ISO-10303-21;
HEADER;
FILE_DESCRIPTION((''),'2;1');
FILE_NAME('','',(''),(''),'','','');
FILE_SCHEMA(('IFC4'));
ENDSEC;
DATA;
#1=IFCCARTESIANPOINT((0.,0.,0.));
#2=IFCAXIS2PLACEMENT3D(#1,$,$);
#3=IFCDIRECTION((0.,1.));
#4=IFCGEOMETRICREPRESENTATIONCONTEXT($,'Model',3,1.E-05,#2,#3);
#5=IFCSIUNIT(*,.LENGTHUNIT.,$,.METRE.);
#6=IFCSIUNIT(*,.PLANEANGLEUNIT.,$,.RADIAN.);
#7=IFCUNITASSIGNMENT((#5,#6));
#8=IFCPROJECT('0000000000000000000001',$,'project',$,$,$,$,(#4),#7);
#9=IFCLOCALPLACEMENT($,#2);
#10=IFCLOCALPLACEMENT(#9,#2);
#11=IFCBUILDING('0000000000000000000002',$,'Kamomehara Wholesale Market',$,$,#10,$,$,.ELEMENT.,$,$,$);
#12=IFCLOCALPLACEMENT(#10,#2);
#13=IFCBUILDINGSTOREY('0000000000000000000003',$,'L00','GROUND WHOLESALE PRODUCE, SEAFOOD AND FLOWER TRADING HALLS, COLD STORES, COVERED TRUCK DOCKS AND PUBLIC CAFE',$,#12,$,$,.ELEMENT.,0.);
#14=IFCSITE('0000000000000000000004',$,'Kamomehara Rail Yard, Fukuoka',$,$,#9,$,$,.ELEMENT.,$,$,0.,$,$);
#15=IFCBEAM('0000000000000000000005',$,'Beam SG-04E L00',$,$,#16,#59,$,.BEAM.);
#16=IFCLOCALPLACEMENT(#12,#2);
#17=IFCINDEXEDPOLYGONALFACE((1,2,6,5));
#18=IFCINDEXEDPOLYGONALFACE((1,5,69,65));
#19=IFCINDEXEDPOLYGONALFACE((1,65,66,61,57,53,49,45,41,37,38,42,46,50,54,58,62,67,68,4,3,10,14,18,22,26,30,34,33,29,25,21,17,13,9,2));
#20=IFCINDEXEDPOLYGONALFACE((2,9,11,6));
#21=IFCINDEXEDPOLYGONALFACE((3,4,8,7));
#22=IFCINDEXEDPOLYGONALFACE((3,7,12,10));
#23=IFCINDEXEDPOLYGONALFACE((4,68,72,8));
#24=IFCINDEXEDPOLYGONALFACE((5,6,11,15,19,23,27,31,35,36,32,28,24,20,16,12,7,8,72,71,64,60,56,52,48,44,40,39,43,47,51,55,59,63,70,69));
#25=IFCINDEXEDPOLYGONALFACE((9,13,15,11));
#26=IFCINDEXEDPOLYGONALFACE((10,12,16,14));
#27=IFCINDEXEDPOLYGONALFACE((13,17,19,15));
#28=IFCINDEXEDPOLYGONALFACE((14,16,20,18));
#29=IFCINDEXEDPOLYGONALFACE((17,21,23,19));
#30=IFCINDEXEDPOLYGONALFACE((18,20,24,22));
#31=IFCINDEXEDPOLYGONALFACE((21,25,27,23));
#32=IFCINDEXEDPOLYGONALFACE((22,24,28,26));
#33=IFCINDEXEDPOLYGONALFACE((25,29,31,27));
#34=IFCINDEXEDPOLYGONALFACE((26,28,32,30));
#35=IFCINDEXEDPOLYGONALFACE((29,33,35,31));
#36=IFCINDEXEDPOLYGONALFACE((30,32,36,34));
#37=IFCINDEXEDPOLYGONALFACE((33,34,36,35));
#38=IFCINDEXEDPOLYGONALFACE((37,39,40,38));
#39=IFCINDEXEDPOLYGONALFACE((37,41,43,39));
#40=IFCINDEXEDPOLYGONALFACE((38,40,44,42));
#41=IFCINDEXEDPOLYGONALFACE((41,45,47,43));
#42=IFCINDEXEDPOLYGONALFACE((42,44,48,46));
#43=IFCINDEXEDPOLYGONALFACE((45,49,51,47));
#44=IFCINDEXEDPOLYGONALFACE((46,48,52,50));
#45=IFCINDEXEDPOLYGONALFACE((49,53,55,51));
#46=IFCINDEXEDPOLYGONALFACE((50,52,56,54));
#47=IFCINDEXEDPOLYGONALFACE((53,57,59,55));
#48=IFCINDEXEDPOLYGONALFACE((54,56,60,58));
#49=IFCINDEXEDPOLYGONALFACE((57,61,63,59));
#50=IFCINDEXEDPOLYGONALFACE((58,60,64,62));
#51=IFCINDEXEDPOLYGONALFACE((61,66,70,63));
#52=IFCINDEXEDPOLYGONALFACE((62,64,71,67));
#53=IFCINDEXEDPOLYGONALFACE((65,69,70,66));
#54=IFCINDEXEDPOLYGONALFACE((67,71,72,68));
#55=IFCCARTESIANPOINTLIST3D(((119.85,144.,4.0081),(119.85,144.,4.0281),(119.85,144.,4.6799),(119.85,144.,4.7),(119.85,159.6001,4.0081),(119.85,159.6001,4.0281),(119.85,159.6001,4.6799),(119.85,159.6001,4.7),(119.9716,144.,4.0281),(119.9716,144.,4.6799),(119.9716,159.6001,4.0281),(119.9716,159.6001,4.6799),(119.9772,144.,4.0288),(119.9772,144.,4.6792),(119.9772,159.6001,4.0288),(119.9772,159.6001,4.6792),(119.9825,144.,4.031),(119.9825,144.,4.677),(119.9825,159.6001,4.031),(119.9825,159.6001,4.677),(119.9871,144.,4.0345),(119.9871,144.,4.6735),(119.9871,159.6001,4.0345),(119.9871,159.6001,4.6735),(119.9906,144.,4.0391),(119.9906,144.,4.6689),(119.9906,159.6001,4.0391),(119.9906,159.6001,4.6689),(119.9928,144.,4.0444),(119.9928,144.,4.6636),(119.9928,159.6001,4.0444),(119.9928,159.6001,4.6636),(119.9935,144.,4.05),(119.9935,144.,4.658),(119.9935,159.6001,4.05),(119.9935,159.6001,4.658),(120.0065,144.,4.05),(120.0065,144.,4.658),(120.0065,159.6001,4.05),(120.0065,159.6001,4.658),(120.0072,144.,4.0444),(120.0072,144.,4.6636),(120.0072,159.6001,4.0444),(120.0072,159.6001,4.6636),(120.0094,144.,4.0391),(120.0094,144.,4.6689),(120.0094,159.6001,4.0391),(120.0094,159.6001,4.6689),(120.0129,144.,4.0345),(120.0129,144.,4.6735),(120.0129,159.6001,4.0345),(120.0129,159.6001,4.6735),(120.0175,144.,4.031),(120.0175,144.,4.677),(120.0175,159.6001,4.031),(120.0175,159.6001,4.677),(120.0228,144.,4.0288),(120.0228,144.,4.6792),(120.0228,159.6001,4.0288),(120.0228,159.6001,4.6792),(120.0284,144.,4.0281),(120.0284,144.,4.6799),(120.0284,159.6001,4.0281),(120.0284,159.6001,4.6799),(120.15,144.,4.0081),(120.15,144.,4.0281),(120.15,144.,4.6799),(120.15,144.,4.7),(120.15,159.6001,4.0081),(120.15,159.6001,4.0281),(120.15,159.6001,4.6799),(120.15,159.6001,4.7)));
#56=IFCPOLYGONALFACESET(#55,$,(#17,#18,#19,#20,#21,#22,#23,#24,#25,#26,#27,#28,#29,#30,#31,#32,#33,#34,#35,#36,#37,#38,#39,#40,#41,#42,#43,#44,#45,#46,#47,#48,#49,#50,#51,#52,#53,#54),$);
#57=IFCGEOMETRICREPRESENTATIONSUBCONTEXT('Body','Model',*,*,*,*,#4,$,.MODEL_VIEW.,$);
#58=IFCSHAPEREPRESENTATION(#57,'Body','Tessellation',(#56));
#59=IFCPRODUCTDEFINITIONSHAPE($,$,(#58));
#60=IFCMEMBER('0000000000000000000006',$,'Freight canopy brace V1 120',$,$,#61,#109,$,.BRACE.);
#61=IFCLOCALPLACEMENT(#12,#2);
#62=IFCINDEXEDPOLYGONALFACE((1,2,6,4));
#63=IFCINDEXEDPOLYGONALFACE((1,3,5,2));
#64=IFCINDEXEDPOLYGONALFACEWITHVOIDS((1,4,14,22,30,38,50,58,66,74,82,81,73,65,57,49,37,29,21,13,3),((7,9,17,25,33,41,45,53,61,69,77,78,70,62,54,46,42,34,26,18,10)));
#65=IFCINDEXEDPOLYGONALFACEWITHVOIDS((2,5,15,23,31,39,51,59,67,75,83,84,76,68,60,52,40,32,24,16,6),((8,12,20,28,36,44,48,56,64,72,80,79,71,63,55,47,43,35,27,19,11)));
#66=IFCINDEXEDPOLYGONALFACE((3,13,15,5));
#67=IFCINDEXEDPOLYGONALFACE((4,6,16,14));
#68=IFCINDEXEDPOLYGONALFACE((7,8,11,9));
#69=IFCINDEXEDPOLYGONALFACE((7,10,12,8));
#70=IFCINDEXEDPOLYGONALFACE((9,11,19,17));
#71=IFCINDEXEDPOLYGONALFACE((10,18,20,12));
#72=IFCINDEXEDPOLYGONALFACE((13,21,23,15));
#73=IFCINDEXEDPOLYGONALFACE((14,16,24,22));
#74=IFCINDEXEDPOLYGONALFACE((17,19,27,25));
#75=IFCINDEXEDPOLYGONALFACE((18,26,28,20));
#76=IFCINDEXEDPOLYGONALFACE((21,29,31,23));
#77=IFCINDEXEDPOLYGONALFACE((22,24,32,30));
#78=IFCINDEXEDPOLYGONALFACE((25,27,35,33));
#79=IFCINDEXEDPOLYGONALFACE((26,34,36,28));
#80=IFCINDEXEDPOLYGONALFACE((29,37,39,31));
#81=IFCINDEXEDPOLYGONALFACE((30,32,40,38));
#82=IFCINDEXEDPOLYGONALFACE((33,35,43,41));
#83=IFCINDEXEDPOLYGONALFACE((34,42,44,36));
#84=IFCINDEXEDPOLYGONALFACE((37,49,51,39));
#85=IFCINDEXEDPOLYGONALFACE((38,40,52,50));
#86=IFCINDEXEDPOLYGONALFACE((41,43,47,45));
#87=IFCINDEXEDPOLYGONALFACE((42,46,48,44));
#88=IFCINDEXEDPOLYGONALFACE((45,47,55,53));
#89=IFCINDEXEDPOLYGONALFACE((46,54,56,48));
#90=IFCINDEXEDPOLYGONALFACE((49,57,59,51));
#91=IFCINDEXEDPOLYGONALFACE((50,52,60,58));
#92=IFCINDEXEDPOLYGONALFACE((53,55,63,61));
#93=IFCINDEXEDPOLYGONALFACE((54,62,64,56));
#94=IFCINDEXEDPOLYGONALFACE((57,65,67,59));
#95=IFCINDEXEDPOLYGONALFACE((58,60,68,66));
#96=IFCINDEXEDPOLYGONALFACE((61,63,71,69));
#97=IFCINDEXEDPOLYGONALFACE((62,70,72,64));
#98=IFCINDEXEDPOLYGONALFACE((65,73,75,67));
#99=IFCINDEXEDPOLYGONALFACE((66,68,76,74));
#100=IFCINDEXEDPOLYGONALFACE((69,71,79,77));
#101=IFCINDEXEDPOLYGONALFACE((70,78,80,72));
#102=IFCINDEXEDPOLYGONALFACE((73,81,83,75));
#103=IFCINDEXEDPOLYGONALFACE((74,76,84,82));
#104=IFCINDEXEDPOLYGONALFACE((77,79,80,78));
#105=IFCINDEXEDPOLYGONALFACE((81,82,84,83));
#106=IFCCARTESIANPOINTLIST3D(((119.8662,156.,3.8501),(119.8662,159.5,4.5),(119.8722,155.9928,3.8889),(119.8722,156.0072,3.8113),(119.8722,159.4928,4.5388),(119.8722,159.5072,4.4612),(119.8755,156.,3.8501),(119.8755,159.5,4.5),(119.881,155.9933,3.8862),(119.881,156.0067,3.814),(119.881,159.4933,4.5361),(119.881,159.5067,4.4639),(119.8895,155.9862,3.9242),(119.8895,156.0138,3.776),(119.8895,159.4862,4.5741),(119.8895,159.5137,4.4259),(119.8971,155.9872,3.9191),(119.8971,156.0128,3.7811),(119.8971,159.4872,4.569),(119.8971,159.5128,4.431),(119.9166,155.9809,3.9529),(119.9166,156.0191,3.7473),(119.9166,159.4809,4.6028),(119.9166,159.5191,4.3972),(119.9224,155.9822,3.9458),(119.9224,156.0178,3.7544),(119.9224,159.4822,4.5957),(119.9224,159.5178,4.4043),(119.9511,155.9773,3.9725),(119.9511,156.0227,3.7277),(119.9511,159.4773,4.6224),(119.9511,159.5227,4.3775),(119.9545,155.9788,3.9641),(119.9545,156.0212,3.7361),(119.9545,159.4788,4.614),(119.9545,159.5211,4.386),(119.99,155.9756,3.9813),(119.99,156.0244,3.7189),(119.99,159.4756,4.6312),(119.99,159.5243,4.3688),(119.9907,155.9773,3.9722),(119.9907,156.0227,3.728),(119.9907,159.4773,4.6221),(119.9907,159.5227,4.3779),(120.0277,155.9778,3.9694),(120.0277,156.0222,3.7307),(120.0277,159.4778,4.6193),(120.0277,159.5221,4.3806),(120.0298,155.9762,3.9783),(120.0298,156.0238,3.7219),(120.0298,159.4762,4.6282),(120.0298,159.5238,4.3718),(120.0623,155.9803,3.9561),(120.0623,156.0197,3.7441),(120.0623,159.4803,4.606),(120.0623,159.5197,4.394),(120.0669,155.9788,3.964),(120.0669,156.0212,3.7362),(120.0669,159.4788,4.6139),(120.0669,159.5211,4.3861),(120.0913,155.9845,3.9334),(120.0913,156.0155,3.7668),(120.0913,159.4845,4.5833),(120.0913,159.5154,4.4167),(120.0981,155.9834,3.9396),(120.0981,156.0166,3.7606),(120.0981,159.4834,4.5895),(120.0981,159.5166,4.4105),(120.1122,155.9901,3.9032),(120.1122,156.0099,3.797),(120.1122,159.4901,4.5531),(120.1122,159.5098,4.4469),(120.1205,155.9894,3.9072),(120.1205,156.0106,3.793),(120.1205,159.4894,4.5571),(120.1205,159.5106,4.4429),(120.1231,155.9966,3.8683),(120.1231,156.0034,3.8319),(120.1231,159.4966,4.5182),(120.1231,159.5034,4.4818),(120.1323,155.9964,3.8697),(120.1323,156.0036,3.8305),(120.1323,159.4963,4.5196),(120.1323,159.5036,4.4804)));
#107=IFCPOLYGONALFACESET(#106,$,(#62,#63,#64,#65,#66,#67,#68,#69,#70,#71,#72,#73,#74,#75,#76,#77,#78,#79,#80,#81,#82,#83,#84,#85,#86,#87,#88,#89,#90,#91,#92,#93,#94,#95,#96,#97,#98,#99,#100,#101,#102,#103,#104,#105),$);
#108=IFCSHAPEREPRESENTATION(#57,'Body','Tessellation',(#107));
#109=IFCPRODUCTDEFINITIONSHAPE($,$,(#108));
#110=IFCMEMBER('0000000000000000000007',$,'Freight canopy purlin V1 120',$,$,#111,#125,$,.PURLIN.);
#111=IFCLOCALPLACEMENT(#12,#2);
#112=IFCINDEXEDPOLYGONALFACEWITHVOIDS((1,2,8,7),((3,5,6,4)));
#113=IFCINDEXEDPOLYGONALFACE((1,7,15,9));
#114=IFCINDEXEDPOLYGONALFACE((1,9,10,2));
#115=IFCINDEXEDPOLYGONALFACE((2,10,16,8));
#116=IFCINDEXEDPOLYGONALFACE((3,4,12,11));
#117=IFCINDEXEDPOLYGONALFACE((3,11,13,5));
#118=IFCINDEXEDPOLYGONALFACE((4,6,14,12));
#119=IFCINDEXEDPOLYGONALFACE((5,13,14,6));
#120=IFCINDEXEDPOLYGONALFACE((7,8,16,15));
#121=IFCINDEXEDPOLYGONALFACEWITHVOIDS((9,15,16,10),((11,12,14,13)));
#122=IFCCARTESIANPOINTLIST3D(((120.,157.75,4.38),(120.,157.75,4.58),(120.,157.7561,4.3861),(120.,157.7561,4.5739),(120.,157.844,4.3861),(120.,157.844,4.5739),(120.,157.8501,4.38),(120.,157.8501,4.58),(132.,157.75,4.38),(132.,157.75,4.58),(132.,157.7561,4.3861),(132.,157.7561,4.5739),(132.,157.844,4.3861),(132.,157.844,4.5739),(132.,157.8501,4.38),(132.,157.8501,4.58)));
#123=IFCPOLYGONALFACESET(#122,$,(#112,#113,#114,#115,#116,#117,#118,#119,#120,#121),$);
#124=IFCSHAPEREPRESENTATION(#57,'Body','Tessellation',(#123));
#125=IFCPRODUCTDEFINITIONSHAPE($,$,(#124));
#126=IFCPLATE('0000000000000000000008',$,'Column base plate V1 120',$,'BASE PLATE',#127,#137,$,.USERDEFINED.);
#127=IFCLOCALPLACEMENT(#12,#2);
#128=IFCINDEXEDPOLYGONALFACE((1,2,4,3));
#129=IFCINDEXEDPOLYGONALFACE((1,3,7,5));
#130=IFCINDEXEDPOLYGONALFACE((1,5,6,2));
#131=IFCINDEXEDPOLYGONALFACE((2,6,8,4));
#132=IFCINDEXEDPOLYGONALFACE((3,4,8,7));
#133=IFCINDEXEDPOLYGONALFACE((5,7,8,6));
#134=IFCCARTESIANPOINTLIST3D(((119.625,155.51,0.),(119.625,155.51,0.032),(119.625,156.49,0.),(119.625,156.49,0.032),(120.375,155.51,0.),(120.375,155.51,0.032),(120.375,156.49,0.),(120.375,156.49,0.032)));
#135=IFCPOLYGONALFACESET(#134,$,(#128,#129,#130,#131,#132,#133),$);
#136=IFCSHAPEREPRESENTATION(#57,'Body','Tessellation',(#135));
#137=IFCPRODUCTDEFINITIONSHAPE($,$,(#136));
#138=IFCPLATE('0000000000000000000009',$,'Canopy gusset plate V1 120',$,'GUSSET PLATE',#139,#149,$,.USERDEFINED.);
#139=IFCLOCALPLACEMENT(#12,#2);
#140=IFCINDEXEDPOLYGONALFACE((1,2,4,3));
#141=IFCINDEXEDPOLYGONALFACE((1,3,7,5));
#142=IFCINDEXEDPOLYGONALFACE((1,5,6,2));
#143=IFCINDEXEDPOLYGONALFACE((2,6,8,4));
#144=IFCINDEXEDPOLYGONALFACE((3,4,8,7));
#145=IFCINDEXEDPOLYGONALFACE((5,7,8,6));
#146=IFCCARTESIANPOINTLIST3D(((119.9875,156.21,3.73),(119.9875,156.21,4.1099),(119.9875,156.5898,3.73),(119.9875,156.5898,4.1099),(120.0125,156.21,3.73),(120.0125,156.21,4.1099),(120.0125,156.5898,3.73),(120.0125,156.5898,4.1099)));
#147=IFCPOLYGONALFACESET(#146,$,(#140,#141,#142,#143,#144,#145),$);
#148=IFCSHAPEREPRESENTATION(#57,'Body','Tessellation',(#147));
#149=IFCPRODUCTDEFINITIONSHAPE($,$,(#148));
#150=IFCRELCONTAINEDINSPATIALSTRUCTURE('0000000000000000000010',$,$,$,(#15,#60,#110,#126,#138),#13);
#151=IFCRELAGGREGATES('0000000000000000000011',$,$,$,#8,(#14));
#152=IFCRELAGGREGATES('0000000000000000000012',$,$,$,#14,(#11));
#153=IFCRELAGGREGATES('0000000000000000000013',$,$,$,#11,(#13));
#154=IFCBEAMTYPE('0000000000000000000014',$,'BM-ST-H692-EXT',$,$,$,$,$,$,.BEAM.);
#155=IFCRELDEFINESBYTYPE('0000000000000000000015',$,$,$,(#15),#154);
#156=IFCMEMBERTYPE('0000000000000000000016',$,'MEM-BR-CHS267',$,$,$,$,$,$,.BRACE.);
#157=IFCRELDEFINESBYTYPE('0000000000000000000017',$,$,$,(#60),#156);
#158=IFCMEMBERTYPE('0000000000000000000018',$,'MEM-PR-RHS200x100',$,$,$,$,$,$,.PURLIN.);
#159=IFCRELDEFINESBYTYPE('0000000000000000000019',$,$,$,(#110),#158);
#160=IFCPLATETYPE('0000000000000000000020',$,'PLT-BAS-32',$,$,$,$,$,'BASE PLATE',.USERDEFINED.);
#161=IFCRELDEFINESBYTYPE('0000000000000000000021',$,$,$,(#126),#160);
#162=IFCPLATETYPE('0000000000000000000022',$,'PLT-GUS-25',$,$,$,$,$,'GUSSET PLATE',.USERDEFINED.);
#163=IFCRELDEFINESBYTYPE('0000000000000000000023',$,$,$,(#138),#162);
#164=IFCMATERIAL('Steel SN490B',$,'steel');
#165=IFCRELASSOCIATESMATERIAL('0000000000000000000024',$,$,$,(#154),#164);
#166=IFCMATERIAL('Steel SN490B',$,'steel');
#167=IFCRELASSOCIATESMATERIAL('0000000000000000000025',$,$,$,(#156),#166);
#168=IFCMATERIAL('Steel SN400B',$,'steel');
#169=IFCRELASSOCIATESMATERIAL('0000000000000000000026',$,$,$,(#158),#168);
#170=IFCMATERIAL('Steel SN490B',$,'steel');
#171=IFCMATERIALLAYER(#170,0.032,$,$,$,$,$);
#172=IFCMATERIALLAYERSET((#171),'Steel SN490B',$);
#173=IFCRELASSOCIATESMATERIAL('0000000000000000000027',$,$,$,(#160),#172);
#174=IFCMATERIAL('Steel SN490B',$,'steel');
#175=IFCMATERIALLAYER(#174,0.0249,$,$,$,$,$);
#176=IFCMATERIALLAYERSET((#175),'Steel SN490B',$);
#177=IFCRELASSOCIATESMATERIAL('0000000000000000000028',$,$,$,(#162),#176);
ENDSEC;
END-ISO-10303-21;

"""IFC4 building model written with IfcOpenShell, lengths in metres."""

from ifc_helpers import new_model, si_unit, direction, frame, origin, origin_2d, place, context, subcontext, project, spatial, rectangle, hollow_rectangle, hollow_circle, i_section, extrude, material, layer, layer_set, material_profile, profile_set, type_object, element, save


model = new_model("IFC4")

# Units and contexts
model_context = context("Model", 3, precision=1e-05, world=origin(), true_north=direction((0.0, 1.0)))
body_context = subcontext(model_context, "Body", "Model", "MODEL_VIEW")
ifc_project = project(units=[si_unit("LENGTHUNIT", "METRE"), si_unit("PLANEANGLEUNIT", "RADIAN")], contexts=[model_context])

# Site, building, storey
site_placement = place(None, origin())
site = spatial("IfcSite", under=ifc_project, at=site_placement, Name="Kamomehara Rail Yard, Fukuoka", CompositionType="ELEMENT", RefElevation=0.0)
building_placement = place(site_placement, origin())
building = spatial("IfcBuilding", under=site, at=building_placement, Name="Kamomehara Wholesale Market", CompositionType="ELEMENT")
storey_placement = place(building_placement, origin())
storey = spatial("IfcBuildingStorey", under=building, at=storey_placement, Name="L00", Description="GROUND WHOLESALE PRODUCE, SEAFOOD AND FLOWER TRADING HALLS, COLD STORES, COVERED TRUCK DOCKS AND PUBLIC CAFE", CompositionType="ELEMENT", Elevation=0.0)

# Beam
ifc_material_1 = material(Name="Steel SN490B", Category="steel")
ifc_material_profile_1 = material_profile(ifc_material_1, i_section(OverallWidth=0.3, OverallDepth=0.6919, WebThickness=0.0129, FlangeThickness=0.02, FilletRadius=0.022, at=origin_2d()), Name="H-692x300x13x20")
ifc_profile_set_1 = profile_set([ifc_material_profile_1], Name="Steel SN490B")
beam_type_1 = type_object("IfcBeamType", Name="BM-ST-H692-EXT", PredefinedType="BEAM", material=ifc_profile_set_1)
beam_1_placement = place(storey_placement, frame((120.0, 144.0, 4.354), z_axis=(0.0, 1.0, 0.0), x_axis=(-1.0, 0.0, 0.0)))
element("IfcBeam", 1, at=beam_1_placement, inside=storey, type_object=beam_type_1, Name="Beam SG-04E L00", PredefinedType="BEAM", context=body_context, shape_type="SweptSolid", body=[
    extrude(i_section(OverallWidth=0.3, OverallDepth=0.6919, WebThickness=0.0129, FlangeThickness=0.02, FilletRadius=0.022, at=origin_2d()), origin(), (0.0, 0.0, 1.0), 15.6001),
])

# Members
ifc_material_2 = material(Name="Steel SN490B", Category="steel")
ifc_material_profile_2 = material_profile(ifc_material_2, hollow_circle(Radius=0.1338, WallThickness=0.0093, at=origin_2d()), Name="CHS-267.4x9.3")
ifc_profile_set_2 = profile_set([ifc_material_profile_2], Name="Steel SN490B")
member_type_1 = type_object("IfcMemberType", Name="MEM-BR-CHS267", PredefinedType="BRACE", material=ifc_profile_set_2)
member_1_placement = place(storey_placement, frame((120.0, 156.0, 3.8501), z_axis=(0.0, 0.983194, 0.182566), x_axis=(-1.0, 0.0, 0.0)))
element("IfcMember", 2, at=member_1_placement, inside=storey, type_object=member_type_1, Name="Freight canopy brace V1 120", PredefinedType="BRACE", context=body_context, shape_type="SweptSolid", body=[
    extrude(hollow_circle(Radius=0.1338, WallThickness=0.0093, at=origin_2d()), origin(), (0.0, 0.0, 1.0), 3.5598),
])
ifc_material_3 = material(Name="Steel SN400B", Category="steel")
ifc_material_profile_3 = material_profile(ifc_material_3, hollow_rectangle(XDim=0.1001, YDim=0.2, WallThickness=0.0061, at=origin_2d()), Name="RHS-200x100x6")
ifc_profile_set_3 = profile_set([ifc_material_profile_3], Name="Steel SN400B")
member_type_2 = type_object("IfcMemberType", Name="MEM-PR-RHS200x100", PredefinedType="PURLIN", material=ifc_profile_set_3)
member_2_placement = place(storey_placement, frame((120.0, 157.8, 4.48), z_axis=(1.0, 0.0, 0.0), x_axis=(0.0, 1.0, 0.0)))
element("IfcMember", 3, at=member_2_placement, inside=storey, type_object=member_type_2, Name="Freight canopy purlin V1 120", PredefinedType="PURLIN", context=body_context, shape_type="SweptSolid", body=[
    extrude(hollow_rectangle(XDim=0.1001, YDim=0.2, WallThickness=0.0061, at=origin_2d()), origin(), (0.0, 0.0, 1.0), 12.0),
])

# Plates
ifc_material_4 = material(Name="Steel SN490B", Category="steel")
ifc_layer_1 = layer(ifc_material_4, 0.032)
ifc_layer_set_1 = layer_set([ifc_layer_1], Name="Steel SN490B")
plate_type_1 = type_object("IfcPlateType", Name="PLT-BAS-32", ElementType="BASE PLATE", PredefinedType="USERDEFINED", material=ifc_layer_set_1)
plate_1_placement = place(storey_placement, frame((120.0, 156.0, 0.0), z_axis=(0.0, 0.0, 1.0), x_axis=(1.0, 0.0, 0.0)))
element("IfcPlate", 4, at=plate_1_placement, inside=storey, type_object=plate_type_1, Name="Column base plate V1 120", ObjectType="BASE PLATE", PredefinedType="USERDEFINED", context=body_context, shape_type="SweptSolid", body=[
    extrude(rectangle(XDim=0.75, YDim=0.98, at=origin_2d()), origin(), (0.0, 0.0, 1.0), 0.032),
])
ifc_material_5 = material(Name="Steel SN490B", Category="steel")
ifc_layer_2 = layer(ifc_material_5, 0.0249)
ifc_layer_set_2 = layer_set([ifc_layer_2], Name="Steel SN490B")
plate_type_2 = type_object("IfcPlateType", Name="PLT-GUS-25", ElementType="GUSSET PLATE", PredefinedType="USERDEFINED", material=ifc_layer_set_2)
plate_2_placement = place(storey_placement, frame((120.0, 156.3999, 3.73), z_axis=(0.0, 0.0, 1.0), x_axis=(1.0, 0.0, 0.0)))
element("IfcPlate", 5, at=plate_2_placement, inside=storey, type_object=plate_type_2, Name="Canopy gusset plate V1 120", ObjectType="GUSSET PLATE", PredefinedType="USERDEFINED", context=body_context, shape_type="SweptSolid", body=[
    extrude(rectangle(XDim=0.0249, YDim=0.3799, at=origin_2d()), origin(), (0.0, 0.0, 1.0), 0.3799),
])

save(model, "model.ifc")
